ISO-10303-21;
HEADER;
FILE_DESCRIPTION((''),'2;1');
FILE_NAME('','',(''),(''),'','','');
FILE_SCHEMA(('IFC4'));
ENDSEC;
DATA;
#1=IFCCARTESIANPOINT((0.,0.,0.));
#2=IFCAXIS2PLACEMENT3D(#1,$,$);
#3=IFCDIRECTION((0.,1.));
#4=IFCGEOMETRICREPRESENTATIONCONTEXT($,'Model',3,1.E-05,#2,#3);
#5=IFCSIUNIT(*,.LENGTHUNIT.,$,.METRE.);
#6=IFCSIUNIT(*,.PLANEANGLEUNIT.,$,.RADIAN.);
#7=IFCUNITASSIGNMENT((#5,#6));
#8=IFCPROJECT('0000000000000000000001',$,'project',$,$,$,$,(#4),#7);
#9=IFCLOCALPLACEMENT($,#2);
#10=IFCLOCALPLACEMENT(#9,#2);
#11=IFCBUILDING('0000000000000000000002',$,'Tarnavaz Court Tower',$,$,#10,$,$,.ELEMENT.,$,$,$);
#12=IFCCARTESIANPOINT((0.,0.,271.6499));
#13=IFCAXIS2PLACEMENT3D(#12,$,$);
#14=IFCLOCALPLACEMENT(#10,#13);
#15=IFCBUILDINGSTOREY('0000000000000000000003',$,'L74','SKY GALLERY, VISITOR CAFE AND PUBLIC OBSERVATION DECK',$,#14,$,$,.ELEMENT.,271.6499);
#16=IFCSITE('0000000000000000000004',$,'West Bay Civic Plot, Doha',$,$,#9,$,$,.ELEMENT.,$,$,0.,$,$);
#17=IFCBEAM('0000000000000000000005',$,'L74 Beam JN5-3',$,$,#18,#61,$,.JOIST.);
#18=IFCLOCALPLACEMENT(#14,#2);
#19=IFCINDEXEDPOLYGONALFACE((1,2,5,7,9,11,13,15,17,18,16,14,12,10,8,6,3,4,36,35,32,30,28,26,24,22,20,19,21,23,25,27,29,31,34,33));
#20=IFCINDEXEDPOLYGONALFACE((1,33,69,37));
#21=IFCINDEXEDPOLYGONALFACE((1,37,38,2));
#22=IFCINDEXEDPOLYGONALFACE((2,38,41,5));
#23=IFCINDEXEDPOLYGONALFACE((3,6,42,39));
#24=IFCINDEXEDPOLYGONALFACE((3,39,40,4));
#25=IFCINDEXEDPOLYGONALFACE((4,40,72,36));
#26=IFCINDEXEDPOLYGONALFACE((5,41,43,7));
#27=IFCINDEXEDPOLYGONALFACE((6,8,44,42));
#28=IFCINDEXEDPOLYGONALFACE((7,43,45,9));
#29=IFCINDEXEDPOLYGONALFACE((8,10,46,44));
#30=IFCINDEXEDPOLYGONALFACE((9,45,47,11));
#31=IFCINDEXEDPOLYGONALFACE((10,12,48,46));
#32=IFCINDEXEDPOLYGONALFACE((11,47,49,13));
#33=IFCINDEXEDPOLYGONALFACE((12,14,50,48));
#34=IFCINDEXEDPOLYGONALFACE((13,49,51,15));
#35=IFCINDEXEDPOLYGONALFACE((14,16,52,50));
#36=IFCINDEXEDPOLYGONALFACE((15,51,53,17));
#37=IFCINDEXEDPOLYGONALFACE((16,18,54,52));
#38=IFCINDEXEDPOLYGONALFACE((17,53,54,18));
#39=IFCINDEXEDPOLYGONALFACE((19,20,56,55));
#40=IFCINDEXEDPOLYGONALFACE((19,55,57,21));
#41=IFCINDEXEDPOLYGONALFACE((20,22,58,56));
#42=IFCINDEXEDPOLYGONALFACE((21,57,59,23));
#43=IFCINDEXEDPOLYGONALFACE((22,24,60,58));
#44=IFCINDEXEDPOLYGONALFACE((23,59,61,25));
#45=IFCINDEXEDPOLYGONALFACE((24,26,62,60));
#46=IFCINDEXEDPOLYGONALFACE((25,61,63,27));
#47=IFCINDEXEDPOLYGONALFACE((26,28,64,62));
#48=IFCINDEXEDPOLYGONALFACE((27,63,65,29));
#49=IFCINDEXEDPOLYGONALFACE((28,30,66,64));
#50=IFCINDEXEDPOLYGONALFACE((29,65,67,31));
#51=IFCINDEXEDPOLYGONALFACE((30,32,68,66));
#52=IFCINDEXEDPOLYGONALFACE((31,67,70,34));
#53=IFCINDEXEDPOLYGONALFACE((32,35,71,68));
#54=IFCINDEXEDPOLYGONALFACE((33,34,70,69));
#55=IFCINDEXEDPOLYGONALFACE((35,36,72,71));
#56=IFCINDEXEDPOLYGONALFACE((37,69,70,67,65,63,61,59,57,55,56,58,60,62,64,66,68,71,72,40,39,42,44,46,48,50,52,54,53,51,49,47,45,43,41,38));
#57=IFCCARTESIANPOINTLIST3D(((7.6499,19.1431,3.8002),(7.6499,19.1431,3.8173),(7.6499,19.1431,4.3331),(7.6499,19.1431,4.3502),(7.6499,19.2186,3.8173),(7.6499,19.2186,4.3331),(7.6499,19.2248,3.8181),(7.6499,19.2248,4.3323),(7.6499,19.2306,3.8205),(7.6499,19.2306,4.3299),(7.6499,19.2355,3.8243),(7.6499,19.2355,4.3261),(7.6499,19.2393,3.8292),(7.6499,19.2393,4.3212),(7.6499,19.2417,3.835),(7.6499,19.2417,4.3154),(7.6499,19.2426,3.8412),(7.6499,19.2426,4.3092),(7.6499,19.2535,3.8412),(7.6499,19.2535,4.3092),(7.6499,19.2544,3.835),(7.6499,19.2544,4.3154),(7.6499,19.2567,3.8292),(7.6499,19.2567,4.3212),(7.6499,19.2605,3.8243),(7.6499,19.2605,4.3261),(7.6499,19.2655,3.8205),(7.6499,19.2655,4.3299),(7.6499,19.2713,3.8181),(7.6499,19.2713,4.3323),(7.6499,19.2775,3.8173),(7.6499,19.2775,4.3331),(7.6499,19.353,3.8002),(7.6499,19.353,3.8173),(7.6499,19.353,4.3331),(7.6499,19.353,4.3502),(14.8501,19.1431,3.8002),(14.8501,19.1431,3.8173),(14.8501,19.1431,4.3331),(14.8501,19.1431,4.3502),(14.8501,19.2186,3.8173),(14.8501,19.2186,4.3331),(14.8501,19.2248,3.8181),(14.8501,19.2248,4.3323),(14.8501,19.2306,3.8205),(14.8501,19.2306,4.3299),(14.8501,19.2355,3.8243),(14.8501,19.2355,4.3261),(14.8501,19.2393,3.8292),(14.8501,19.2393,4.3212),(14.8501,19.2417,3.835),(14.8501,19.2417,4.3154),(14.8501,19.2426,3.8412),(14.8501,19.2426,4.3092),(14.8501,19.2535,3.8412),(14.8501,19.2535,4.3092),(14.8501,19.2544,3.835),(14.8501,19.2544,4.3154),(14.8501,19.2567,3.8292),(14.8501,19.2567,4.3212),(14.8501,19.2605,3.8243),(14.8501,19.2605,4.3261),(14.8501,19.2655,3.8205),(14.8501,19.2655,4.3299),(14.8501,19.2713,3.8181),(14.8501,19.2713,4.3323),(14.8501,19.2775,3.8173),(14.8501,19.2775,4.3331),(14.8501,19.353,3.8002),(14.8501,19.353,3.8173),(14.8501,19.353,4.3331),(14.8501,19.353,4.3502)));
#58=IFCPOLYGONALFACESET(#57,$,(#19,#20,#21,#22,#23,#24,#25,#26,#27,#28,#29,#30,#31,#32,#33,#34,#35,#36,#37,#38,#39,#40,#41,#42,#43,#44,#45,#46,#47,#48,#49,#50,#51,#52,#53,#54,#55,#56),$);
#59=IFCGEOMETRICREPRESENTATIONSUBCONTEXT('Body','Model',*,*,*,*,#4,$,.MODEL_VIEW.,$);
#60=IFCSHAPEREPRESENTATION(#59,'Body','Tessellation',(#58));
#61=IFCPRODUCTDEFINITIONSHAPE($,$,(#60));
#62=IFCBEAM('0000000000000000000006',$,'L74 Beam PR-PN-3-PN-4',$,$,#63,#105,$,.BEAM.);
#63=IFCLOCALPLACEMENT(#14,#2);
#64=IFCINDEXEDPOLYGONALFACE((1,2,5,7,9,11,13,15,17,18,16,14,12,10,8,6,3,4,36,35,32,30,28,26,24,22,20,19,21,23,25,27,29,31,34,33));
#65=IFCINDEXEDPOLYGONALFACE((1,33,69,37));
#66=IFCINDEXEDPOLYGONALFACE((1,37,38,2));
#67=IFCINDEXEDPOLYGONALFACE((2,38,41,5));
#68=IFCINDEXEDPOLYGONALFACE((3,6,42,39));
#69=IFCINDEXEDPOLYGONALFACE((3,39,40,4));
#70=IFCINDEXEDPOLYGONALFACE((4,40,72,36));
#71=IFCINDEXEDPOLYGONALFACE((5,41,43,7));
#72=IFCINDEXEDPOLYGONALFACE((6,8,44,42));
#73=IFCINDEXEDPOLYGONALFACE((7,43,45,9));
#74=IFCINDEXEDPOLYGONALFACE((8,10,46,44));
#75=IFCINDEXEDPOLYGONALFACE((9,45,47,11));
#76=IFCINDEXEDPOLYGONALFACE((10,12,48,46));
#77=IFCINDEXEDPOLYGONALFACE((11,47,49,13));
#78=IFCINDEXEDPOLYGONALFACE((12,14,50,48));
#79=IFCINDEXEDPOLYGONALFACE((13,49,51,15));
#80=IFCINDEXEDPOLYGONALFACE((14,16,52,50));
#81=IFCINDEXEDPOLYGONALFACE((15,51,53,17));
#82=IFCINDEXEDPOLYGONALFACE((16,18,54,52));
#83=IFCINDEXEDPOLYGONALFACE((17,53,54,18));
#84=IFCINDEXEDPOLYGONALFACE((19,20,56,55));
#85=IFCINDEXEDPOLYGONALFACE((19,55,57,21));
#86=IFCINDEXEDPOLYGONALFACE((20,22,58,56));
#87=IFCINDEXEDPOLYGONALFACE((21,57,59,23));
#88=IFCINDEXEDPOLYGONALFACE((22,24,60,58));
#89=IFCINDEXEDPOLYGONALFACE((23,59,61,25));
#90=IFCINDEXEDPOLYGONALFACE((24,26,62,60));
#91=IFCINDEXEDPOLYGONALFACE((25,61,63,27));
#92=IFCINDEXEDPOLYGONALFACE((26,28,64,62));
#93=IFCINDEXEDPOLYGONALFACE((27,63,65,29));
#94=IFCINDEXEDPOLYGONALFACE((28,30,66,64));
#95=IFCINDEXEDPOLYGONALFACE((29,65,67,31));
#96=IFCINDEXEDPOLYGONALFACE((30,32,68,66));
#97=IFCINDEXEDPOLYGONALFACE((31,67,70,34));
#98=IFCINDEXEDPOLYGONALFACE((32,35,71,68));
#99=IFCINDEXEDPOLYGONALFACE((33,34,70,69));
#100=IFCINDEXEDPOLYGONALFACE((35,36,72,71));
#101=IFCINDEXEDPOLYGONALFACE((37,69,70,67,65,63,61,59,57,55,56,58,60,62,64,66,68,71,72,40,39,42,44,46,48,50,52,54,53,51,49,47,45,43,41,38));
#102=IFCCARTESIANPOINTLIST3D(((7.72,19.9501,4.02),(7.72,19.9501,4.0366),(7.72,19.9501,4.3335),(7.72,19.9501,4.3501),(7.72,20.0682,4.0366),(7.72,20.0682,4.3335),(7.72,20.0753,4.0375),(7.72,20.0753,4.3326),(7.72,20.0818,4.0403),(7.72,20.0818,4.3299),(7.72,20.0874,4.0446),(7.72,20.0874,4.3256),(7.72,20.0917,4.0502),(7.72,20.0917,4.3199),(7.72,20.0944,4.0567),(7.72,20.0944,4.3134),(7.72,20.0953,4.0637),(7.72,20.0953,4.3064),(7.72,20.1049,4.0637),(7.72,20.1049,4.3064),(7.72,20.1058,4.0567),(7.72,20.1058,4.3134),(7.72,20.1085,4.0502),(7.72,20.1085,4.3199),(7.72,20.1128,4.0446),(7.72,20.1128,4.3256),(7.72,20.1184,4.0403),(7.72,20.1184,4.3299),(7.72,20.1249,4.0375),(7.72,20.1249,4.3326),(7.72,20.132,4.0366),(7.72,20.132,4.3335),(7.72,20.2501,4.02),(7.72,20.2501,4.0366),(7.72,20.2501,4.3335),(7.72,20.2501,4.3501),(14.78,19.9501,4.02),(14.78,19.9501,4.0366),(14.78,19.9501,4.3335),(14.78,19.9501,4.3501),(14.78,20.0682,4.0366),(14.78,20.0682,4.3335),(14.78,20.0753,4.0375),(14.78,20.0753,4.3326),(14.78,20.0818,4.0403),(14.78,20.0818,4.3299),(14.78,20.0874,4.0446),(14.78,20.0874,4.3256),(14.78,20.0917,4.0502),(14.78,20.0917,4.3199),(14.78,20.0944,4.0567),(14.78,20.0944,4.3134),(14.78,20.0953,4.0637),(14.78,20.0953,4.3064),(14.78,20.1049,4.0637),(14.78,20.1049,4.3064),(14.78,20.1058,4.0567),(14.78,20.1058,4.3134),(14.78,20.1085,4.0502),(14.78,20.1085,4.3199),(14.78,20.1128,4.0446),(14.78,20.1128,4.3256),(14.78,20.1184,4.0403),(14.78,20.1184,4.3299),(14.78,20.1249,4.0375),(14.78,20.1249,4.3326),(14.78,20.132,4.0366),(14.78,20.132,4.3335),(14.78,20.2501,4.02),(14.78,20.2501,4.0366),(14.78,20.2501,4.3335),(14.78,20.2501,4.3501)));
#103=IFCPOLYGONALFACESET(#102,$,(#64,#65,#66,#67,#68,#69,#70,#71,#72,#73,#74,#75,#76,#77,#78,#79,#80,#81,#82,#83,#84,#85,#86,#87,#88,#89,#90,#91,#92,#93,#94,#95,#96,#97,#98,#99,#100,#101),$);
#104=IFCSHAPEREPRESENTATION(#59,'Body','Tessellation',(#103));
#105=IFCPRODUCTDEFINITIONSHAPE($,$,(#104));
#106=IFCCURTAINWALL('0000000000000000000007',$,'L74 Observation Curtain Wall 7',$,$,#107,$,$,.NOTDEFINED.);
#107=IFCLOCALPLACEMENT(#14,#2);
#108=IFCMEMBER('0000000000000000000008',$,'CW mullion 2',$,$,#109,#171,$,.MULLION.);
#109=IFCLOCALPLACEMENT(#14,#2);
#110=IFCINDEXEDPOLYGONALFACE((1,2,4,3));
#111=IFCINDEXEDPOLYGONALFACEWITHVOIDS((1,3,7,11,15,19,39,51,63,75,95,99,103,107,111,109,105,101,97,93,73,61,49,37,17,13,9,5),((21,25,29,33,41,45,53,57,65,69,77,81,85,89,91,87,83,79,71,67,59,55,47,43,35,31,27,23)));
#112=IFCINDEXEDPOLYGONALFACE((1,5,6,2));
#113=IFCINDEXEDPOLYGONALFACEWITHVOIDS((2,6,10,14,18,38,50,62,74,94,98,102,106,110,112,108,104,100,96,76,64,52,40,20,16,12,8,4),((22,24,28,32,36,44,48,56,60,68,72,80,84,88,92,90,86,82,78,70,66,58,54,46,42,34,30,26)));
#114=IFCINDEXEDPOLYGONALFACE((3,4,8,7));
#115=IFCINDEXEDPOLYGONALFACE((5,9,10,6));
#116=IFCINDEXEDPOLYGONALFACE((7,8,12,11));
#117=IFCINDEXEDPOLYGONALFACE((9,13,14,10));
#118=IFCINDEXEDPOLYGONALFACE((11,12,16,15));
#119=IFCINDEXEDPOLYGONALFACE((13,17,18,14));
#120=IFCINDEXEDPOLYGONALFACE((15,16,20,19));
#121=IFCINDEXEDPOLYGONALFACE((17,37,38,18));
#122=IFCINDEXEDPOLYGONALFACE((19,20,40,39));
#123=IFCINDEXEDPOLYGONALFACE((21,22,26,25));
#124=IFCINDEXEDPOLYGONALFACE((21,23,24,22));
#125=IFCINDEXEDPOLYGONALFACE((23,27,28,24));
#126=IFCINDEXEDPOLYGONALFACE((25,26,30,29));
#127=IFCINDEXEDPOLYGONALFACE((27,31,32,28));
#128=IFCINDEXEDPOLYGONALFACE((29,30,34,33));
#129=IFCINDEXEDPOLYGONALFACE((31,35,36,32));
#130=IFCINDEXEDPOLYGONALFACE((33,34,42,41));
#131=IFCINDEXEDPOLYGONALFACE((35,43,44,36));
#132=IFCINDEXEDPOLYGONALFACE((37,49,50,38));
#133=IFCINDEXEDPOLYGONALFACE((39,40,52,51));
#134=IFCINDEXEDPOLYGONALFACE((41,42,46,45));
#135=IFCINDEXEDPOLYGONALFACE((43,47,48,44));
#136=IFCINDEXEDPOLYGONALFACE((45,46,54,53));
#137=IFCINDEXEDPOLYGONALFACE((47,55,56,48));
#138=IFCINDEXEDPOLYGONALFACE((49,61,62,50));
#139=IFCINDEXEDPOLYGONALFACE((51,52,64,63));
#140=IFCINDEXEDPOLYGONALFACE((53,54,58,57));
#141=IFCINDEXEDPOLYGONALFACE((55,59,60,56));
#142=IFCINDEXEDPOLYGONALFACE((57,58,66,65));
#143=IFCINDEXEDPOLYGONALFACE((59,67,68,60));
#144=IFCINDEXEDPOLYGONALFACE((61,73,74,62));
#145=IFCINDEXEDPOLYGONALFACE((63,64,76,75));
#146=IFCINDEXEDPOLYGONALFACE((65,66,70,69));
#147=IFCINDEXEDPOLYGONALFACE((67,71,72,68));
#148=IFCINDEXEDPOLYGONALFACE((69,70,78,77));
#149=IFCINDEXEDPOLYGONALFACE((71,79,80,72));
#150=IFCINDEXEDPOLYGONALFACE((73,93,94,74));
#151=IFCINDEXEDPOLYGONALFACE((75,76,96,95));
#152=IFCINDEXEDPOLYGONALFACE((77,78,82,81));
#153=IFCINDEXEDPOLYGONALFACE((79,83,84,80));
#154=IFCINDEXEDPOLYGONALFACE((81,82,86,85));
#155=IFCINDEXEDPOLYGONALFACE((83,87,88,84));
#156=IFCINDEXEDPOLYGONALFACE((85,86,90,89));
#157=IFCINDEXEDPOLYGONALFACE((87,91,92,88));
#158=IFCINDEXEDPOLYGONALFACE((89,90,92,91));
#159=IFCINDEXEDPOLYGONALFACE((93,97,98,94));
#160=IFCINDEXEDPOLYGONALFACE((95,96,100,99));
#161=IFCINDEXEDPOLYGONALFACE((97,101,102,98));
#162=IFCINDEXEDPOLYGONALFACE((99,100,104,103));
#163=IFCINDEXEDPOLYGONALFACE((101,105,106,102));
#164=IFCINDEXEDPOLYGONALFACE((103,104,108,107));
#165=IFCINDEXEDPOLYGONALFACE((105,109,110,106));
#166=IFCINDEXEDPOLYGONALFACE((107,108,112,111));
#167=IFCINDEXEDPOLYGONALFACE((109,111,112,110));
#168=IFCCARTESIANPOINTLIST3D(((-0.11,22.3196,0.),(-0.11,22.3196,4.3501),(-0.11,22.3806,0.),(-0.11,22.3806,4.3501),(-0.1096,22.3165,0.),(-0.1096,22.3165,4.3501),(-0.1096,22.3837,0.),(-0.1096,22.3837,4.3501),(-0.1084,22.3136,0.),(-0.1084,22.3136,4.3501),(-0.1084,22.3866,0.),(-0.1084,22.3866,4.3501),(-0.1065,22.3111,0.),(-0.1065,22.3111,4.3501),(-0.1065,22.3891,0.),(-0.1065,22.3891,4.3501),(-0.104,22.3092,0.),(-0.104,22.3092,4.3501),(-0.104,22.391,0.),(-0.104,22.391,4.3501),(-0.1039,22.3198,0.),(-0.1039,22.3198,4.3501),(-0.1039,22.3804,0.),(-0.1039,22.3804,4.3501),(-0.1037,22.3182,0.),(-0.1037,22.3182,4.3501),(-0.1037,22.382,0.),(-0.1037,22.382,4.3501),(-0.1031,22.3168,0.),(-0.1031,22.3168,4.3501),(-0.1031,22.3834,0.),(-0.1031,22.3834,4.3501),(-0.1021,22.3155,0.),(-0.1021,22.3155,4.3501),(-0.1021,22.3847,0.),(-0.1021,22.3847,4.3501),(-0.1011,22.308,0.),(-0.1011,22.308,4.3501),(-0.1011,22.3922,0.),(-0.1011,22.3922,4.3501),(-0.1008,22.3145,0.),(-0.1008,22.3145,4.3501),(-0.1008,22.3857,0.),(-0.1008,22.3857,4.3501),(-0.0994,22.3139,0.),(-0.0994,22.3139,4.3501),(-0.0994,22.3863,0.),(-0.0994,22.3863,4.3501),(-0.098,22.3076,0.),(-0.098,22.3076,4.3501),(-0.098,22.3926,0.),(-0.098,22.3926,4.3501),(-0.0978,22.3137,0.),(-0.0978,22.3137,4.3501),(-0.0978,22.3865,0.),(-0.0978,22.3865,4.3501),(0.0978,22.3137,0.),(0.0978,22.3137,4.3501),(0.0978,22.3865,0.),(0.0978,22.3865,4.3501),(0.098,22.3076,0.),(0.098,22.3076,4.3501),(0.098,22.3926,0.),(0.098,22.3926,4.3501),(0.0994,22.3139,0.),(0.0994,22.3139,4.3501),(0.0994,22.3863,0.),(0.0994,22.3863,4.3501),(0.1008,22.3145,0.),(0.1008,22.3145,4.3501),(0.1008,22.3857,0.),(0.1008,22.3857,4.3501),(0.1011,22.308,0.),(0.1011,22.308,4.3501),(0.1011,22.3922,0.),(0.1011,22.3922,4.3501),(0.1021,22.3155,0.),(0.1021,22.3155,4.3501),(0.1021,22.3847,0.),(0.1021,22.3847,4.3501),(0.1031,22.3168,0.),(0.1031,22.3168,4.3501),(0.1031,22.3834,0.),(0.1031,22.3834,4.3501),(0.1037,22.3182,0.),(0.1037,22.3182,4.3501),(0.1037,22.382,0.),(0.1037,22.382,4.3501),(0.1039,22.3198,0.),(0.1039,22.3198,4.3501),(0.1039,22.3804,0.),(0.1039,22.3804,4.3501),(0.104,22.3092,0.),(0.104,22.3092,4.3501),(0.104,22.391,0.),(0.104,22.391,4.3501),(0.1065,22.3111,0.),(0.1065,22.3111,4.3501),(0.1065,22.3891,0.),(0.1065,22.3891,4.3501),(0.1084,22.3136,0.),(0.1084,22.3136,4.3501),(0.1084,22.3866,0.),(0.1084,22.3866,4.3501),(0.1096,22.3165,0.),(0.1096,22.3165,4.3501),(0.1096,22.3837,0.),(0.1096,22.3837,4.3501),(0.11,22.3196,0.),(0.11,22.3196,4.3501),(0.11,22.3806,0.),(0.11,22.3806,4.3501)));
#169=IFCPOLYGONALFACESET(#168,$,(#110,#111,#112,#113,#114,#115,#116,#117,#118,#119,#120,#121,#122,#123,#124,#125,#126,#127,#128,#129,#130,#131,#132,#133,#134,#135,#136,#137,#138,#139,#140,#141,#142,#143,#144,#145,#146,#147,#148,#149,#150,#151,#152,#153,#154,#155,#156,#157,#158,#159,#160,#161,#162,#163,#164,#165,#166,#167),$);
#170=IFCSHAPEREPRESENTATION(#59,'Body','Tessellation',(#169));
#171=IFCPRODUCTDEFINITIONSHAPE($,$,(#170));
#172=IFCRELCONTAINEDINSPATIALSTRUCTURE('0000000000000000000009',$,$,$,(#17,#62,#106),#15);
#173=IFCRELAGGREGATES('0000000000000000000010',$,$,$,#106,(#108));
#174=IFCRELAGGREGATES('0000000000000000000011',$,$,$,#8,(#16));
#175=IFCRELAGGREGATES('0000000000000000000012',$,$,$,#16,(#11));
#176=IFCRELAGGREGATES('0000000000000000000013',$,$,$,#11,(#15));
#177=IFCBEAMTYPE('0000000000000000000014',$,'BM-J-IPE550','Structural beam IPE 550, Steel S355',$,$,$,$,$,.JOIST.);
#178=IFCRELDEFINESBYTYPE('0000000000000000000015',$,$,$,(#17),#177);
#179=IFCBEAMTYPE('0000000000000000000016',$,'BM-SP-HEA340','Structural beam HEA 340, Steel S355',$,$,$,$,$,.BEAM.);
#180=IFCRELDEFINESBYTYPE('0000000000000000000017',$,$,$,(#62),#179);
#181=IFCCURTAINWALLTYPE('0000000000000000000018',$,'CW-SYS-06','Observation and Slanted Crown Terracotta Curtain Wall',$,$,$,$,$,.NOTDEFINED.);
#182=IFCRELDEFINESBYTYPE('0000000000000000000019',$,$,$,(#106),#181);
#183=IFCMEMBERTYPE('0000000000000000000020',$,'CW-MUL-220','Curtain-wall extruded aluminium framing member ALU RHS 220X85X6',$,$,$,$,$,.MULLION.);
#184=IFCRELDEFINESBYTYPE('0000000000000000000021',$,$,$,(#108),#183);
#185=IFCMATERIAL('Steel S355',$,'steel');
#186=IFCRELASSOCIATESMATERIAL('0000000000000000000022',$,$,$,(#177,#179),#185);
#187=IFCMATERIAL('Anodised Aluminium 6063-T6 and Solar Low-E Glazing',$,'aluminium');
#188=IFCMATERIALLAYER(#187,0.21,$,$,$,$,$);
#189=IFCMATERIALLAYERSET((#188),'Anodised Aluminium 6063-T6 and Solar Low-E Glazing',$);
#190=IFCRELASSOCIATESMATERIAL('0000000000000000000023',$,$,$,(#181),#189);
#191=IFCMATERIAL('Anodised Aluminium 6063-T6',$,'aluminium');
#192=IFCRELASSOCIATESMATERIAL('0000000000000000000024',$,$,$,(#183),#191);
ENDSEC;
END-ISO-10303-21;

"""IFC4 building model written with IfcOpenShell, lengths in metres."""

from ifc_helpers import new_model, si_unit, direction, frame, origin, origin_2d, place, context, subcontext, project, spatial, hollow_rectangle, i_section, extrude, material, layer, layer_set, material_profile, profile_set, type_object, element, aggregate, save


model = new_model("IFC4")

# Units and contexts
model_context = context("Model", 3, precision=1e-05, world=origin(), true_north=direction((0.0, 1.0)))
body_context = subcontext(model_context, "Body", "Model", "MODEL_VIEW")
ifc_project = project(units=[si_unit("LENGTHUNIT", "METRE"), si_unit("PLANEANGLEUNIT", "RADIAN")], contexts=[model_context])

# Site, building, storey
site_placement = place(None, origin())
site = spatial("IfcSite", under=ifc_project, at=site_placement, Name="West Bay Civic Plot, Doha", CompositionType="ELEMENT", RefElevation=0.0)
building_placement = place(site_placement, origin())
building = spatial("IfcBuilding", under=site, at=building_placement, Name="Tarnavaz Court Tower", CompositionType="ELEMENT")
storey_placement = place(building_placement, frame((0.0, 0.0, 271.6499)))
storey = spatial("IfcBuildingStorey", under=building, at=storey_placement, Name="L74", Description="SKY GALLERY, VISITOR CAFE AND PUBLIC OBSERVATION DECK", CompositionType="ELEMENT", Elevation=271.6499)

# Beams
ifc_material_1 = material(Name="Steel S355", Category="steel")
ifc_material_profile_1 = material_profile(ifc_material_1, i_section(OverallWidth=0.21, OverallDepth=0.55, WebThickness=0.011, FlangeThickness=0.0171, FilletRadius=0.0239, at=origin_2d()), Name="IPE 550")
ifc_profile_set_1 = profile_set([ifc_material_profile_1], Name="Steel S355")
beam_type_1 = type_object("IfcBeamType", Name="BM-J-IPE550", Description="Structural beam IPE 550, Steel S355", PredefinedType="JOIST", material=ifc_profile_set_1)
for number, where, z_axis, x_axis, name in (
    (1, (7.6499, 19.248, 4.0752), (1.0, 0.0, 0.0), (0.0, 1.0, 0.0), "L74 Beam JN5-3"),
):
    element("IfcBeam", number, at=place(storey_placement, frame(where, z_axis=z_axis, x_axis=x_axis)), inside=storey, type_object=beam_type_1, Name=name, PredefinedType="JOIST", context=body_context, shape_type="SweptSolid", body=[
        extrude(i_section(OverallWidth=0.21, OverallDepth=0.55, WebThickness=0.011, FlangeThickness=0.0171, FilletRadius=0.0239, at=origin_2d()), origin(), (0.0, 0.0, 1.0), 7.2002),
    ])
ifc_material_profile_2 = material_profile(ifc_material_1, i_section(OverallWidth=0.3, OverallDepth=0.3301, WebThickness=0.0095, FlangeThickness=0.0166, FilletRadius=0.0271, at=origin_2d()), Name="HEA 340")
ifc_profile_set_2 = profile_set([ifc_material_profile_2], Name="Steel S355")
beam_type_2 = type_object("IfcBeamType", Name="BM-SP-HEA340", Description="Structural beam HEA 340, Steel S355", PredefinedType="BEAM", material=ifc_profile_set_2)
beam_placement = place(storey_placement, frame((7.72, 20.1001, 4.1851), z_axis=(1.0, 0.0, 0.0), x_axis=(0.0, 1.0, 0.0)))
element("IfcBeam", 2, at=beam_placement, inside=storey, type_object=beam_type_2, Name="L74 Beam PR-PN-3-PN-4", PredefinedType="BEAM", context=body_context, shape_type="SweptSolid", body=[
    extrude(i_section(OverallWidth=0.3, OverallDepth=0.3301, WebThickness=0.0095, FlangeThickness=0.0166, FilletRadius=0.0271, at=origin_2d()), origin(), (0.0, 0.0, 1.0), 7.0601),
])

# Curtain wall, member
ifc_material_2 = material(Name="Anodised Aluminium 6063-T6 and Solar Low-E Glazing", Category="aluminium")
ifc_layer_1 = layer(ifc_material_2, 0.21)
ifc_layer_set_1 = layer_set([ifc_layer_1], Name="Anodised Aluminium 6063-T6 and Solar Low-E Glazing")
curtain_wall_type = type_object("IfcCurtainWallType", Name="CW-SYS-06", Description="Observation and Slanted Crown Terracotta Curtain Wall", PredefinedType="NOTDEFINED", material=ifc_layer_set_1)
curtain_wall_placement = place(storey_placement, origin())
curtain_wall = element("IfcCurtainWall", 3, at=curtain_wall_placement, inside=storey, type_object=curtain_wall_type, Name="L74 Observation Curtain Wall 7", PredefinedType="NOTDEFINED")
ifc_material_3 = material(Name="Anodised Aluminium 6063-T6", Category="aluminium")
ifc_material_profile_3 = material_profile(ifc_material_3, hollow_rectangle(XDim=0.085, YDim=0.22, WallThickness=0.0061, InnerFilletRadius=0.0061, OuterFilletRadius=0.012, at=origin_2d()), Name="ALU RHS 220X85X6")
ifc_profile_set_3 = profile_set([ifc_material_profile_3], Name="Anodised Aluminium 6063-T6")
member_type_1 = type_object("IfcMemberType", Name="CW-MUL-220", Description="Curtain-wall extruded aluminium framing member ALU RHS 220X85X6", PredefinedType="MULLION", material=ifc_profile_set_3)
member_1_placement = place(storey_placement, frame((0.0, 22.3501, 0.0), z_axis=(0.0, 0.0, 1.0), x_axis=(0.0, 1.0, 0.0)))
member_1 = element("IfcMember", 4, at=member_1_placement, type_object=member_type_1, Name="CW mullion 2", PredefinedType="MULLION", context=body_context, shape_type="SweptSolid", body=[
    extrude(hollow_rectangle(XDim=0.085, YDim=0.22, WallThickness=0.0061, InnerFilletRadius=0.0061, OuterFilletRadius=0.012, at=origin_2d()), origin(), (0.0, 0.0, 1.0), 4.3501),
])
aggregate(curtain_wall, [member_1])

save(model, "model.ifc")
